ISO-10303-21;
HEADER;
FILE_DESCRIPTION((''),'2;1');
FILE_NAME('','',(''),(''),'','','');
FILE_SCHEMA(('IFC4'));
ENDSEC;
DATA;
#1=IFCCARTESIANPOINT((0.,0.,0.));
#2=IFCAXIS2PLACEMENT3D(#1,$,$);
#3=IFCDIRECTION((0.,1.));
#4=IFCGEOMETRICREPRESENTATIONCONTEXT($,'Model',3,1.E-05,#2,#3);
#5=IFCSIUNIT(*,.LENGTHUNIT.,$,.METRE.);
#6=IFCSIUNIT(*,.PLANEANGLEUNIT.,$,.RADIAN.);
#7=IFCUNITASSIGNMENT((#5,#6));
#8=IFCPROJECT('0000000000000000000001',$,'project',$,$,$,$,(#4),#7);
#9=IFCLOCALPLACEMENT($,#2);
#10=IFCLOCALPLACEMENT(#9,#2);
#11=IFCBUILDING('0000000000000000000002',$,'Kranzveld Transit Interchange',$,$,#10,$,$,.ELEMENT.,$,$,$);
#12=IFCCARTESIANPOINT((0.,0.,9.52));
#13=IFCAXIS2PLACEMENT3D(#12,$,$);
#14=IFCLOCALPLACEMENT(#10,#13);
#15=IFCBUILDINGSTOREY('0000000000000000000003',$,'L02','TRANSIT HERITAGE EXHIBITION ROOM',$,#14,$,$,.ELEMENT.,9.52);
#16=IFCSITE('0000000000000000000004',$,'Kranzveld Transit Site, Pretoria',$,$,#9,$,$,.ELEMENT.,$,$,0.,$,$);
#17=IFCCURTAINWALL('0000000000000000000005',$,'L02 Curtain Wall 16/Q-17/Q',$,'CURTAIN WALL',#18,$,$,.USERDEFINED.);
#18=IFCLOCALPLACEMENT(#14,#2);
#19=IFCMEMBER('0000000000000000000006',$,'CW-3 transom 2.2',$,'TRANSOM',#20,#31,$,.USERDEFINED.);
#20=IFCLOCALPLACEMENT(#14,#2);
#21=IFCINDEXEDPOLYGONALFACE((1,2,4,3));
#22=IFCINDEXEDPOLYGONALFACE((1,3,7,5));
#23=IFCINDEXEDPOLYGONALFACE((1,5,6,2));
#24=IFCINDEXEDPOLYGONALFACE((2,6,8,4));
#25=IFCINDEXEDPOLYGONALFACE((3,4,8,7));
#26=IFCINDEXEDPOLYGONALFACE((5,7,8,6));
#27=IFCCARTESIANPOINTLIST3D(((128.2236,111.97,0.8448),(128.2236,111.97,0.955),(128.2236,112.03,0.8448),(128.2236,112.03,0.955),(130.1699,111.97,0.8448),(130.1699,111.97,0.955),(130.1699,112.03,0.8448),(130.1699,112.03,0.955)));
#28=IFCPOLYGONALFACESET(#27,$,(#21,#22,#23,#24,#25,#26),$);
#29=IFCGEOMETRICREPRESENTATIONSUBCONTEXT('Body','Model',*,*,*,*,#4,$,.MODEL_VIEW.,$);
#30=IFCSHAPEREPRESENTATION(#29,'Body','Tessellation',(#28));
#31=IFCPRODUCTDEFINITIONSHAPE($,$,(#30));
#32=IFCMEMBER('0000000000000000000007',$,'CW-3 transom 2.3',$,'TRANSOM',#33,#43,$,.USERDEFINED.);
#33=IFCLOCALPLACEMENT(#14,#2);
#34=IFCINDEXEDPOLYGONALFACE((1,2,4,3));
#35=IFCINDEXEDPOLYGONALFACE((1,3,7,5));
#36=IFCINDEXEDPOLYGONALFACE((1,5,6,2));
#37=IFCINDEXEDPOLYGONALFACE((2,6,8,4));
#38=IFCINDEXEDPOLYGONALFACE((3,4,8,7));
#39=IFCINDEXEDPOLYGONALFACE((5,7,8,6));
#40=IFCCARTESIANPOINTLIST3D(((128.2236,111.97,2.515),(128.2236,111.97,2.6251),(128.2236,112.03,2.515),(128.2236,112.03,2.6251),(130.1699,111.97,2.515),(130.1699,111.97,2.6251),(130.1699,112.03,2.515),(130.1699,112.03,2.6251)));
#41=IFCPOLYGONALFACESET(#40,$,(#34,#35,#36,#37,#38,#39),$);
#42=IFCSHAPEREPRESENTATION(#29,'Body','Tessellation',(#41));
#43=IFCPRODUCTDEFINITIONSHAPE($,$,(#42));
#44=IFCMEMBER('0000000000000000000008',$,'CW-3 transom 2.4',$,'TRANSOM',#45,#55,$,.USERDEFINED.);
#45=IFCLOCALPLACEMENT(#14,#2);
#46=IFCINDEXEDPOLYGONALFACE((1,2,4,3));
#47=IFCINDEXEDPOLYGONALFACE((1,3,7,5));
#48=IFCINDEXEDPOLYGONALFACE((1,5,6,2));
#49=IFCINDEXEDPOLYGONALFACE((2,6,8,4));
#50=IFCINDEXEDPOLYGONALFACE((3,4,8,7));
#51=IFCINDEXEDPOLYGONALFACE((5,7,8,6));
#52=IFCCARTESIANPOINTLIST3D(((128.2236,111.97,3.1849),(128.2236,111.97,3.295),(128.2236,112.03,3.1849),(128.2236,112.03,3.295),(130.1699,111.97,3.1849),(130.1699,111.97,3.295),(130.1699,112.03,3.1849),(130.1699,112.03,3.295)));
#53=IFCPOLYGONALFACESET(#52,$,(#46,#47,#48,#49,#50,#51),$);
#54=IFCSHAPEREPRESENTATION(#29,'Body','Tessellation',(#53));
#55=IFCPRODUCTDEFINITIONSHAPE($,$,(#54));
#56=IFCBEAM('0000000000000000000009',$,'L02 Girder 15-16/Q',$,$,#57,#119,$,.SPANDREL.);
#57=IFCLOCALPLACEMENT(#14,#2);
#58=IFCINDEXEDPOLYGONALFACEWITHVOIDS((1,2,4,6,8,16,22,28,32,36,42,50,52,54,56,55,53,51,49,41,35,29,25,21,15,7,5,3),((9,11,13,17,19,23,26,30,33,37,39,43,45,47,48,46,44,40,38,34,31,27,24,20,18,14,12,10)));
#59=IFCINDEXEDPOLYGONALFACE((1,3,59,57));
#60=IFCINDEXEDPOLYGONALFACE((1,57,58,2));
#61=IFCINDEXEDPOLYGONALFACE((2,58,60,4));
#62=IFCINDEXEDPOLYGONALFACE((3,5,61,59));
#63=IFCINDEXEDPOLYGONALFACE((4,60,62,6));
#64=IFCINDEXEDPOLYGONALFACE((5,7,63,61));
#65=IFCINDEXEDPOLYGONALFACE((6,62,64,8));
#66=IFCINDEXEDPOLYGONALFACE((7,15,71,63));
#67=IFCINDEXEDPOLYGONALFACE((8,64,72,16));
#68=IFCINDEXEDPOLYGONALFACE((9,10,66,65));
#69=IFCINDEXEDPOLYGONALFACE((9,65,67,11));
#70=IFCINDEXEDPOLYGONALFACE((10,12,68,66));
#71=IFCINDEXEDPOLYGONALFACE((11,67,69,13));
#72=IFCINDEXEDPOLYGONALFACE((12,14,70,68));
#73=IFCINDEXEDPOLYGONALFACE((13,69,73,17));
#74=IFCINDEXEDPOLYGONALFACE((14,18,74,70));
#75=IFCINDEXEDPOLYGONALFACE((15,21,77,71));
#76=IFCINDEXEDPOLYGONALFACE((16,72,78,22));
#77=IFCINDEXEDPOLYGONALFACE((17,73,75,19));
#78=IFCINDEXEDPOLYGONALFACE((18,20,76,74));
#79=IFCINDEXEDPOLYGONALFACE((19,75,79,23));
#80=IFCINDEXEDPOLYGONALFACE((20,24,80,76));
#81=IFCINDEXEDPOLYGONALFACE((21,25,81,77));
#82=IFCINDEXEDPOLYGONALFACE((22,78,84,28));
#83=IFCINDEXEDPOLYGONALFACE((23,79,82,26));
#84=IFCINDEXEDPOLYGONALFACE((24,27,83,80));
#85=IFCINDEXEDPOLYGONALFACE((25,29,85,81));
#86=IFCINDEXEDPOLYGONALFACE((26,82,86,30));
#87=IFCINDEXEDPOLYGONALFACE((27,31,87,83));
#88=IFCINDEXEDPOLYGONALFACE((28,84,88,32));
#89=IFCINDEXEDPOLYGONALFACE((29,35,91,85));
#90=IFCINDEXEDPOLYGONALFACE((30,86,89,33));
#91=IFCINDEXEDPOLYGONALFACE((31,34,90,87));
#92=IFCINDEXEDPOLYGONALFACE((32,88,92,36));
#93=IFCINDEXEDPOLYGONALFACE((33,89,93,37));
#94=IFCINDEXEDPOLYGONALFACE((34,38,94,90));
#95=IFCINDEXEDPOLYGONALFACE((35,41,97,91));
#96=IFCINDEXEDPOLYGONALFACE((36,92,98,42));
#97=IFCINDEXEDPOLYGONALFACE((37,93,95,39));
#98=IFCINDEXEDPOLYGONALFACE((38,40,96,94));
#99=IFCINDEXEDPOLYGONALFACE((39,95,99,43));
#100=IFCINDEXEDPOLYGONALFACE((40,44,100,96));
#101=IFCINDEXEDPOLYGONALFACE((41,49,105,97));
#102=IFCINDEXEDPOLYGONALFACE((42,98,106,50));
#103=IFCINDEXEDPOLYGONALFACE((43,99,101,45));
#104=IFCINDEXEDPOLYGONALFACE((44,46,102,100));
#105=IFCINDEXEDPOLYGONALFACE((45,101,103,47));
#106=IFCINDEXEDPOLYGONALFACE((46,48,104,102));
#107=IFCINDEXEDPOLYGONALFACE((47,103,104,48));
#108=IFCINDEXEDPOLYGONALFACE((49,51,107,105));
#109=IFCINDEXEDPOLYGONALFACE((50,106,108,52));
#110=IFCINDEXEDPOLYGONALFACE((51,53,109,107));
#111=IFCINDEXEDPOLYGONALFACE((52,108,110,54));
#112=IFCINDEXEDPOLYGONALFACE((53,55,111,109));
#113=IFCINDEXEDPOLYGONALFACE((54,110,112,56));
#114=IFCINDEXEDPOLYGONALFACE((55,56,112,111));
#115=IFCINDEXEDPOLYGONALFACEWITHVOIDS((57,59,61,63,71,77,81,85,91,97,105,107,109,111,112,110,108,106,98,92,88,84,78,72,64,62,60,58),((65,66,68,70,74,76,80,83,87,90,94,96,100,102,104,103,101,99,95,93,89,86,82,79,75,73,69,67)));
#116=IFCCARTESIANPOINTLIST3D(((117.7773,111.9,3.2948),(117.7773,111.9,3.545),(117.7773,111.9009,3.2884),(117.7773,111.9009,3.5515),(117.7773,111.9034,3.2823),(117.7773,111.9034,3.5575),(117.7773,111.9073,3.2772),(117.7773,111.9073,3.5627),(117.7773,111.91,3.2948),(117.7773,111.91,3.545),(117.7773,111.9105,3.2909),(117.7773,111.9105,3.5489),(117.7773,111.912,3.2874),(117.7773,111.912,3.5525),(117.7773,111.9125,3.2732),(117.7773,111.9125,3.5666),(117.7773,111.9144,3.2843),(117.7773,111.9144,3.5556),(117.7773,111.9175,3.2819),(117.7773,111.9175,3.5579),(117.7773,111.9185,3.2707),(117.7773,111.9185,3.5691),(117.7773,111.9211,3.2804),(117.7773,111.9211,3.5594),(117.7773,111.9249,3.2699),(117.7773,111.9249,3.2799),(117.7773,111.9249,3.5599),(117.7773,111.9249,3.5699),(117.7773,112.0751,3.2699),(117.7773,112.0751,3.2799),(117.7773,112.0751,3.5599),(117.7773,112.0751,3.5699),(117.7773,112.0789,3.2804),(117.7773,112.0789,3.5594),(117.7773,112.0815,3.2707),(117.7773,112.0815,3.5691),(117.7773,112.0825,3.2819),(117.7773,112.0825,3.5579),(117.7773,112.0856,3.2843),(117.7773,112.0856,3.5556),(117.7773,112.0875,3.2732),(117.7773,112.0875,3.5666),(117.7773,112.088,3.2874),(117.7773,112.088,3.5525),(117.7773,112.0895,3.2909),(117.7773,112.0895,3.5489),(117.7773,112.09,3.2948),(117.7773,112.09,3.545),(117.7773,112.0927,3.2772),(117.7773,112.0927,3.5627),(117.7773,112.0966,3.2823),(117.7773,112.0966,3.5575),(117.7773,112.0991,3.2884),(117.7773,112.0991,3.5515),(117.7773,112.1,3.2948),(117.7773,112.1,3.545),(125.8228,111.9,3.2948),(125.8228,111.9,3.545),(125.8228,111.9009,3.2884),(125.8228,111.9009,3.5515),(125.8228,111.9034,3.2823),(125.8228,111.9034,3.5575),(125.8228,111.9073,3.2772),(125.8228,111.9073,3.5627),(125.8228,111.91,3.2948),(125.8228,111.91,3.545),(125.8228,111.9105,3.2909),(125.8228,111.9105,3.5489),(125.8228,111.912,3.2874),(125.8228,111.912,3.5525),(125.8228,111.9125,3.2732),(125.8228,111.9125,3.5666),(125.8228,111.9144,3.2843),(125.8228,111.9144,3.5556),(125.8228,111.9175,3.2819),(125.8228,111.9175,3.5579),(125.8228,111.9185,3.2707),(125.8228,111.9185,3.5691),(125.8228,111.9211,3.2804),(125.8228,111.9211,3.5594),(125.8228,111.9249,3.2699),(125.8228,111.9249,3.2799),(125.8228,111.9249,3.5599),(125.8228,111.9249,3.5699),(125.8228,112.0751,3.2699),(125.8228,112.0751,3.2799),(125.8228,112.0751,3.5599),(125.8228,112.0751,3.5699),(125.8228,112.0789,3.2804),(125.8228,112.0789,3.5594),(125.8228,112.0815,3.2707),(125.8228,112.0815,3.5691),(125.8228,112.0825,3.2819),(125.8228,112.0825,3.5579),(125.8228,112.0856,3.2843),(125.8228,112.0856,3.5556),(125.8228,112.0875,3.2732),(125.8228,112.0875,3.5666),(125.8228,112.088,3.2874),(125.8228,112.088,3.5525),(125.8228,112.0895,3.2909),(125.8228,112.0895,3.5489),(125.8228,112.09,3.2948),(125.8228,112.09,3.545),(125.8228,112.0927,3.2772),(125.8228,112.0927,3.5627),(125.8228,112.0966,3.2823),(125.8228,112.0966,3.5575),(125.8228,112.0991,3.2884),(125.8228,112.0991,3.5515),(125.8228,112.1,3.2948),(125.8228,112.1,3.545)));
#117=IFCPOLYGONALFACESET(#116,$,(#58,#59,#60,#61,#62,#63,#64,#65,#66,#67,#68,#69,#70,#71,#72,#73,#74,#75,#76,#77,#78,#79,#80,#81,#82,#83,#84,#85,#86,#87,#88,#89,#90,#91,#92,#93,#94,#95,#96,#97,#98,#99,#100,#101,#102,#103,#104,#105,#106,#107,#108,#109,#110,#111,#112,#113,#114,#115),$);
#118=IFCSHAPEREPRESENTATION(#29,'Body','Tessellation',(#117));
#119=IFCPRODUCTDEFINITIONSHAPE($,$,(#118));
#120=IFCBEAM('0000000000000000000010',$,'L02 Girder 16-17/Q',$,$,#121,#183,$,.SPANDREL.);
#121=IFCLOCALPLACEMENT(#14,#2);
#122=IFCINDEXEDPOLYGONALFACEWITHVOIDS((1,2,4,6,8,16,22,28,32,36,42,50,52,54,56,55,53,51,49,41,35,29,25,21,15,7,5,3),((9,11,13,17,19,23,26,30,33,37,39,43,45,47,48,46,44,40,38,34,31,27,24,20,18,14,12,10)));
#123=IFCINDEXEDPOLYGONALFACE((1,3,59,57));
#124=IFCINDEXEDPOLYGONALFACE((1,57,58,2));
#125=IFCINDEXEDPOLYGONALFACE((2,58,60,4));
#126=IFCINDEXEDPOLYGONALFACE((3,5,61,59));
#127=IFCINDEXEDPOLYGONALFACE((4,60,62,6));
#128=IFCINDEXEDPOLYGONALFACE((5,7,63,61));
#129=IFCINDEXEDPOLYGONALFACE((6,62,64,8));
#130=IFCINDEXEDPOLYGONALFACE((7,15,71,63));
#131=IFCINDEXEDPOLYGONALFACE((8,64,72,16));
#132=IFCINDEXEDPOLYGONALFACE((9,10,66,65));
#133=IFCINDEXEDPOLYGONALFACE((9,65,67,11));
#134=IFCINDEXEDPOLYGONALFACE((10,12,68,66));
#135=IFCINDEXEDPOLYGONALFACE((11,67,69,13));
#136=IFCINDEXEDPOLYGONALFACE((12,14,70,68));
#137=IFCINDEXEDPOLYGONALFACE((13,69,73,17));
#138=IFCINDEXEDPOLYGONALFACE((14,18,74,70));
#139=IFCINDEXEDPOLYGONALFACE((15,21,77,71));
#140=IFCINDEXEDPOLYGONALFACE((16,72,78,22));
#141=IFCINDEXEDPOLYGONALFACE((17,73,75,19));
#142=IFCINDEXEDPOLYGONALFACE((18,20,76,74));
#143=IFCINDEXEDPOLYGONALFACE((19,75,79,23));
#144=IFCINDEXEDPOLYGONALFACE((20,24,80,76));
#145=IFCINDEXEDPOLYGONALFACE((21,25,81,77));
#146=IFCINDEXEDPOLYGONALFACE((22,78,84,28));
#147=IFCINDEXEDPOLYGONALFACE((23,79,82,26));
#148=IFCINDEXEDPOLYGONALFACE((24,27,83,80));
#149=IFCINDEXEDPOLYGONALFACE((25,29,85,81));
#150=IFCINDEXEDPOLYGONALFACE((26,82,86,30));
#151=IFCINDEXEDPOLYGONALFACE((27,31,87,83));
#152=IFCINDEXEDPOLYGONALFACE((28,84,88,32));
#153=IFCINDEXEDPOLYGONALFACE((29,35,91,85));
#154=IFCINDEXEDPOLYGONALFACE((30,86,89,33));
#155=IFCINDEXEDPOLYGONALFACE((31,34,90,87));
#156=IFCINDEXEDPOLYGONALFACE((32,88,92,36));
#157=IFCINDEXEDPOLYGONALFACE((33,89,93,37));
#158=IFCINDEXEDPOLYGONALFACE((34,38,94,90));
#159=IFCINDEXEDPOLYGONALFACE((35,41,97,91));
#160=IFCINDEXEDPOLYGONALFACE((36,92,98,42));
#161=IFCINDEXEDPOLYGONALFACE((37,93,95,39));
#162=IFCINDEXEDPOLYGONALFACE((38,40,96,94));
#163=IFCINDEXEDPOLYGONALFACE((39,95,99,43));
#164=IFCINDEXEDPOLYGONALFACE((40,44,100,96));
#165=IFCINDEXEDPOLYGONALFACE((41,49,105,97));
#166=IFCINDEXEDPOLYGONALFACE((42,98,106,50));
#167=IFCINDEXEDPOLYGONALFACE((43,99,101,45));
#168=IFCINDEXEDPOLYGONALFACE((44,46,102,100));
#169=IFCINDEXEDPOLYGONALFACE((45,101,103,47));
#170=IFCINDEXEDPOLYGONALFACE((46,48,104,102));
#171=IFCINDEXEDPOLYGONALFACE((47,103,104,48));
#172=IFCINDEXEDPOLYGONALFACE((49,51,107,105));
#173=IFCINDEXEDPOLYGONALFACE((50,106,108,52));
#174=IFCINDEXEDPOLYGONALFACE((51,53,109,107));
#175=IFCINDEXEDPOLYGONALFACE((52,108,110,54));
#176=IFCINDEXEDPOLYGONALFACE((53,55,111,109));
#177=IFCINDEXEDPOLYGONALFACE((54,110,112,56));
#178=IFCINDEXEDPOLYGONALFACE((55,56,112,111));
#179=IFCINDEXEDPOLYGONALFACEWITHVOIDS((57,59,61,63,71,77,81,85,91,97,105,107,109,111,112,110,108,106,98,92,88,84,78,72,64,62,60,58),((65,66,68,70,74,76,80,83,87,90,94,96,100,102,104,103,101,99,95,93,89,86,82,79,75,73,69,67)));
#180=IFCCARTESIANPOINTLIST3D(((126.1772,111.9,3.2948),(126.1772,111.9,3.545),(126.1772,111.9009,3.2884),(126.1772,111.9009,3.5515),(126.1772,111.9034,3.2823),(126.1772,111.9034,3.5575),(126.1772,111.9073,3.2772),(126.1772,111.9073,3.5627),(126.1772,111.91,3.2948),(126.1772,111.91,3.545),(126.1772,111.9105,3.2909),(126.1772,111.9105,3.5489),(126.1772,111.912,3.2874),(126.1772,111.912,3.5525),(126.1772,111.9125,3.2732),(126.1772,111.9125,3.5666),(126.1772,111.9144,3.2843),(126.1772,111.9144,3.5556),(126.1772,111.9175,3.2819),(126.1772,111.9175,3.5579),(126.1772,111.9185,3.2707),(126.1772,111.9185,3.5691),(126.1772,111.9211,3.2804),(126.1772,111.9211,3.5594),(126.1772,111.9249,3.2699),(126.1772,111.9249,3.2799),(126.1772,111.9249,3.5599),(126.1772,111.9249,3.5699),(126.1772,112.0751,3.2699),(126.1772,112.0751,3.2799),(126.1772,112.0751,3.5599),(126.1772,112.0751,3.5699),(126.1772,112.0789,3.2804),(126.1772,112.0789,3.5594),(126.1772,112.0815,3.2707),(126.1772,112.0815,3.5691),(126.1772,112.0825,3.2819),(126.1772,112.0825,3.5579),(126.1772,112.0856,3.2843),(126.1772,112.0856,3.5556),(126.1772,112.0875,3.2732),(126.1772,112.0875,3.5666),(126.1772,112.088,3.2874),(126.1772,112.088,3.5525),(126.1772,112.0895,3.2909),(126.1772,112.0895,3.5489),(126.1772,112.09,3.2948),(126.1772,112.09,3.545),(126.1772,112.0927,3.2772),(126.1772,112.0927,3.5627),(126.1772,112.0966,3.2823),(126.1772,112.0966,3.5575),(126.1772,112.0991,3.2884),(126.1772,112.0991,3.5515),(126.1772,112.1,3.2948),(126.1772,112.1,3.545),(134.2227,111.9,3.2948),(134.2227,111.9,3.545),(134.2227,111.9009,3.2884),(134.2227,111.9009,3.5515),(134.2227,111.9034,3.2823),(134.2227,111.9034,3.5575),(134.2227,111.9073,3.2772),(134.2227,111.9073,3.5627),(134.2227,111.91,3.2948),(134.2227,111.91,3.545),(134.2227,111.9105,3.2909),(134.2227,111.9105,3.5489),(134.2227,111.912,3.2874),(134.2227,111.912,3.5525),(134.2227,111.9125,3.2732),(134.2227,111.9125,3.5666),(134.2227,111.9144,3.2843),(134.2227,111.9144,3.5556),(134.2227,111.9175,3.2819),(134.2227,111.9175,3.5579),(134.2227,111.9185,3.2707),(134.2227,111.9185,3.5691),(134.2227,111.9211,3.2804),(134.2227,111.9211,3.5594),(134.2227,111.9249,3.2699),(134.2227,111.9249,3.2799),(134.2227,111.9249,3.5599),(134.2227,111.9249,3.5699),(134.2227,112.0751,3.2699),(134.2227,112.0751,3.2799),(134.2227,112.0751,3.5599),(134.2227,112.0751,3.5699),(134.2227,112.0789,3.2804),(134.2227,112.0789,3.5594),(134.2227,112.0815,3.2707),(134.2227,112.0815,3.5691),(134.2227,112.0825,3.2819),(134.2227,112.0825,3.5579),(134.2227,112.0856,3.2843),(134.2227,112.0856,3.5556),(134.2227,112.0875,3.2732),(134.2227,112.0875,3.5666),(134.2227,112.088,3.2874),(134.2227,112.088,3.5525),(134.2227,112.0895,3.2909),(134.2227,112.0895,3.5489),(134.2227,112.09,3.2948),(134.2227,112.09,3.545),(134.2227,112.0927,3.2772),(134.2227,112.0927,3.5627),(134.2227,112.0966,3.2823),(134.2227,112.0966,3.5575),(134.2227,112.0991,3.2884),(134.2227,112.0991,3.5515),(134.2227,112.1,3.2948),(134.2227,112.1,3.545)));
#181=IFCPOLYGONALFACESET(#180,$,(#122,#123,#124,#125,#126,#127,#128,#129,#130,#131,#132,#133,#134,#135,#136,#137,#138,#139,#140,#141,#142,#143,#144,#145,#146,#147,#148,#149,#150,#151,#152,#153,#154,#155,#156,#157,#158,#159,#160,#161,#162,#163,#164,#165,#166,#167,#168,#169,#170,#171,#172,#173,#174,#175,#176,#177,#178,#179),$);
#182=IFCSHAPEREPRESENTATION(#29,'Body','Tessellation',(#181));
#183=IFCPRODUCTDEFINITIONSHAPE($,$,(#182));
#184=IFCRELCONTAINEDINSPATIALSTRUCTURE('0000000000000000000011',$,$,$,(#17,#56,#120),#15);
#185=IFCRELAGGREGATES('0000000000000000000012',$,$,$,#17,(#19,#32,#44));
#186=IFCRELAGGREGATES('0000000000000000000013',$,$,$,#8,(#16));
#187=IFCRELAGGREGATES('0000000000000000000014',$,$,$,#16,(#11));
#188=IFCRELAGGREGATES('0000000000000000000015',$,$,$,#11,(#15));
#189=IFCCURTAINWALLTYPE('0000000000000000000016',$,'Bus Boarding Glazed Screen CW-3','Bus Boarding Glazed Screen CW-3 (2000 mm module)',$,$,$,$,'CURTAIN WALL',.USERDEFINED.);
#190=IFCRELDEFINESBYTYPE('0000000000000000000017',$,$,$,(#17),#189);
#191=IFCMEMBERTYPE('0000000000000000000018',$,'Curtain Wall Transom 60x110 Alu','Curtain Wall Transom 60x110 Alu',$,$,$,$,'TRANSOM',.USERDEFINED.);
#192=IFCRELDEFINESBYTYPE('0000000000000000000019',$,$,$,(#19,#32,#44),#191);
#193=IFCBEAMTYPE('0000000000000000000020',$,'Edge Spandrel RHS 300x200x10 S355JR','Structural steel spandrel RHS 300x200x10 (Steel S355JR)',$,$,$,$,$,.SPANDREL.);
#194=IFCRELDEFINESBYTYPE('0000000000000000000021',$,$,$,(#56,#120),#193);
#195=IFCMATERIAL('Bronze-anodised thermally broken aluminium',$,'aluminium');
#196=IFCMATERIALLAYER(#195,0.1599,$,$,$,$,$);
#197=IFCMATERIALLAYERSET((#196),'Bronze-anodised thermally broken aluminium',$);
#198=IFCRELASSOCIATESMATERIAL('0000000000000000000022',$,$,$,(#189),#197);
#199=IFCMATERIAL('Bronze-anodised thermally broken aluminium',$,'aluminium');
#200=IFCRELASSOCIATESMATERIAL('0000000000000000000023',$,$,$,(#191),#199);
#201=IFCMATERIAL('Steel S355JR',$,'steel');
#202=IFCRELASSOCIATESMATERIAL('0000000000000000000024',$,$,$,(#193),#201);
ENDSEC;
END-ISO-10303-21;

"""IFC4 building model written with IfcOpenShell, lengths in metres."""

from ifc_helpers import new_model, si_unit, direction, frame, origin, origin_2d, place, context, subcontext, project, spatial, rectangle, hollow_rectangle, extrude, material, layer, layer_set, material_profile, profile_set, type_object, element, aggregate, save


model = new_model("IFC4")

# Units and contexts
model_context = context("Model", 3, precision=1e-05, world=origin(), true_north=direction((0.0, 1.0)))
body_context = subcontext(model_context, "Body", "Model", "MODEL_VIEW")
ifc_project = project(units=[si_unit("LENGTHUNIT", "METRE"), si_unit("PLANEANGLEUNIT", "RADIAN")], contexts=[model_context])

# Site, building, storey
site_placement = place(None, origin())
site = spatial("IfcSite", under=ifc_project, at=site_placement, Name="Kranzveld Transit Site, Pretoria", CompositionType="ELEMENT", RefElevation=0.0)
building_placement = place(site_placement, origin())
building = spatial("IfcBuilding", under=site, at=building_placement, Name="Kranzveld Transit Interchange", CompositionType="ELEMENT")
storey_placement = place(building_placement, frame((0.0, 0.0, 9.52)))
storey = spatial("IfcBuildingStorey", under=building, at=storey_placement, Name="L02", Description="TRANSIT HERITAGE EXHIBITION ROOM", CompositionType="ELEMENT", Elevation=9.52)

# Curtain wall, members
ifc_material_1 = material(Name="Bronze-anodised thermally broken aluminium", Category="aluminium")
ifc_layer_1 = layer(ifc_material_1, 0.1599)
ifc_layer_set_1 = layer_set([ifc_layer_1], Name="Bronze-anodised thermally broken aluminium")
curtain_wall_type = type_object("IfcCurtainWallType", Name="Bus Boarding Glazed Screen CW-3", Description="Bus Boarding Glazed Screen CW-3 (2000 mm module)", ElementType="CURTAIN WALL", PredefinedType="USERDEFINED", material=ifc_layer_set_1)
curtain_wall_placement = place(storey_placement, origin())
curtain_wall = element("IfcCurtainWall", 1, at=curtain_wall_placement, inside=storey, type_object=curtain_wall_type, Name="L02 Curtain Wall 16/Q-17/Q", ObjectType="CURTAIN WALL", PredefinedType="USERDEFINED")
ifc_material_2 = material(Name="Bronze-anodised thermally broken aluminium", Category="aluminium")
ifc_material_profile_1 = material_profile(ifc_material_2, rectangle(XDim=0.0601, YDim=0.1101, at=origin_2d()), Name="ALU TRANSOM 60x110")
ifc_profile_set_1 = profile_set([ifc_material_profile_1], Name="Bronze-anodised thermally broken aluminium")
member_type_1 = type_object("IfcMemberType", Name="Curtain Wall Transom 60x110 Alu", Description="Curtain Wall Transom 60x110 Alu", ElementType="TRANSOM", PredefinedType="USERDEFINED", material=ifc_profile_set_1)
member_1_placement = place(storey_placement, frame((128.2236, 112.0, 0.8999), z_axis=(1.0, 0.0, 0.0), x_axis=(0.0, 1.0, 0.0)))
member_1 = element("IfcMember", 2, at=member_1_placement, type_object=member_type_1, Name="CW-3 transom 2.2", ObjectType="TRANSOM", PredefinedType="USERDEFINED", context=body_context, shape_type="SweptSolid", body=[
    extrude(rectangle(XDim=0.0601, YDim=0.1101, at=origin_2d()), origin(), (0.0, 0.0, 1.0), 1.9463),
])
member_2_placement = place(storey_placement, frame((128.2236, 112.0, 2.5701), z_axis=(1.0, 0.0, 0.0), x_axis=(0.0, 1.0, 0.0)))
member_2 = element("IfcMember", 3, at=member_2_placement, type_object=member_type_1, Name="CW-3 transom 2.3", ObjectType="TRANSOM", PredefinedType="USERDEFINED", context=body_context, shape_type="SweptSolid", body=[
    extrude(rectangle(XDim=0.0601, YDim=0.1101, at=origin_2d()), origin(), (0.0, 0.0, 1.0), 1.9463),
])
member_3_placement = place(storey_placement, frame((128.2236, 112.0, 3.24), z_axis=(1.0, 0.0, 0.0), x_axis=(0.0, 1.0, 0.0)))
member_3 = element("IfcMember", 4, at=member_3_placement, type_object=member_type_1, Name="CW-3 transom 2.4", ObjectType="TRANSOM", PredefinedType="USERDEFINED", context=body_context, shape_type="SweptSolid", body=[
    extrude(rectangle(XDim=0.0601, YDim=0.1101, at=origin_2d()), origin(), (0.0, 0.0, 1.0), 1.9463),
])

# Beams
ifc_material_3 = material(Name="Steel S355JR", Category="steel")
ifc_material_profile_2 = material_profile(ifc_material_3, hollow_rectangle(XDim=0.2, YDim=0.3, WallThickness=0.01, InnerFilletRadius=0.0149, OuterFilletRadius=0.0249, at=origin_2d()), Name="RHS 300x200x10")
ifc_profile_set_2 = profile_set([ifc_material_profile_2], Name="Steel S355JR")
beam_type_1 = type_object("IfcBeamType", Name="Edge Spandrel RHS 300x200x10 S355JR", Description="Structural steel spandrel RHS 300x200x10 (Steel S355JR)", PredefinedType="SPANDREL", material=ifc_profile_set_2)
for number, where, z_axis, x_axis, name in (
    (5, (117.7773, 112.0, 3.4199), (1.0, 0.0, 0.0), (0.0, 1.0, 0.0), "L02 Girder 15-16/Q"),
    (6, (126.1772, 112.0, 3.4199), (1.0, 0.0, 0.0), (0.0, 1.0, 0.0), "L02 Girder 16-17/Q"),
):
    element("IfcBeam", number, at=place(storey_placement, frame(where, z_axis=z_axis, x_axis=x_axis)), inside=storey, type_object=beam_type_1, Name=name, PredefinedType="SPANDREL", context=body_context, shape_type="SweptSolid", body=[
        extrude(hollow_rectangle(XDim=0.2, YDim=0.3, WallThickness=0.01, InnerFilletRadius=0.0149, OuterFilletRadius=0.0249, at=origin_2d()), origin(), (0.0, 0.0, 1.0), 8.0454),
    ])

aggregate(curtain_wall, [member_1, member_2, member_3])

save(model, "model.ifc")
